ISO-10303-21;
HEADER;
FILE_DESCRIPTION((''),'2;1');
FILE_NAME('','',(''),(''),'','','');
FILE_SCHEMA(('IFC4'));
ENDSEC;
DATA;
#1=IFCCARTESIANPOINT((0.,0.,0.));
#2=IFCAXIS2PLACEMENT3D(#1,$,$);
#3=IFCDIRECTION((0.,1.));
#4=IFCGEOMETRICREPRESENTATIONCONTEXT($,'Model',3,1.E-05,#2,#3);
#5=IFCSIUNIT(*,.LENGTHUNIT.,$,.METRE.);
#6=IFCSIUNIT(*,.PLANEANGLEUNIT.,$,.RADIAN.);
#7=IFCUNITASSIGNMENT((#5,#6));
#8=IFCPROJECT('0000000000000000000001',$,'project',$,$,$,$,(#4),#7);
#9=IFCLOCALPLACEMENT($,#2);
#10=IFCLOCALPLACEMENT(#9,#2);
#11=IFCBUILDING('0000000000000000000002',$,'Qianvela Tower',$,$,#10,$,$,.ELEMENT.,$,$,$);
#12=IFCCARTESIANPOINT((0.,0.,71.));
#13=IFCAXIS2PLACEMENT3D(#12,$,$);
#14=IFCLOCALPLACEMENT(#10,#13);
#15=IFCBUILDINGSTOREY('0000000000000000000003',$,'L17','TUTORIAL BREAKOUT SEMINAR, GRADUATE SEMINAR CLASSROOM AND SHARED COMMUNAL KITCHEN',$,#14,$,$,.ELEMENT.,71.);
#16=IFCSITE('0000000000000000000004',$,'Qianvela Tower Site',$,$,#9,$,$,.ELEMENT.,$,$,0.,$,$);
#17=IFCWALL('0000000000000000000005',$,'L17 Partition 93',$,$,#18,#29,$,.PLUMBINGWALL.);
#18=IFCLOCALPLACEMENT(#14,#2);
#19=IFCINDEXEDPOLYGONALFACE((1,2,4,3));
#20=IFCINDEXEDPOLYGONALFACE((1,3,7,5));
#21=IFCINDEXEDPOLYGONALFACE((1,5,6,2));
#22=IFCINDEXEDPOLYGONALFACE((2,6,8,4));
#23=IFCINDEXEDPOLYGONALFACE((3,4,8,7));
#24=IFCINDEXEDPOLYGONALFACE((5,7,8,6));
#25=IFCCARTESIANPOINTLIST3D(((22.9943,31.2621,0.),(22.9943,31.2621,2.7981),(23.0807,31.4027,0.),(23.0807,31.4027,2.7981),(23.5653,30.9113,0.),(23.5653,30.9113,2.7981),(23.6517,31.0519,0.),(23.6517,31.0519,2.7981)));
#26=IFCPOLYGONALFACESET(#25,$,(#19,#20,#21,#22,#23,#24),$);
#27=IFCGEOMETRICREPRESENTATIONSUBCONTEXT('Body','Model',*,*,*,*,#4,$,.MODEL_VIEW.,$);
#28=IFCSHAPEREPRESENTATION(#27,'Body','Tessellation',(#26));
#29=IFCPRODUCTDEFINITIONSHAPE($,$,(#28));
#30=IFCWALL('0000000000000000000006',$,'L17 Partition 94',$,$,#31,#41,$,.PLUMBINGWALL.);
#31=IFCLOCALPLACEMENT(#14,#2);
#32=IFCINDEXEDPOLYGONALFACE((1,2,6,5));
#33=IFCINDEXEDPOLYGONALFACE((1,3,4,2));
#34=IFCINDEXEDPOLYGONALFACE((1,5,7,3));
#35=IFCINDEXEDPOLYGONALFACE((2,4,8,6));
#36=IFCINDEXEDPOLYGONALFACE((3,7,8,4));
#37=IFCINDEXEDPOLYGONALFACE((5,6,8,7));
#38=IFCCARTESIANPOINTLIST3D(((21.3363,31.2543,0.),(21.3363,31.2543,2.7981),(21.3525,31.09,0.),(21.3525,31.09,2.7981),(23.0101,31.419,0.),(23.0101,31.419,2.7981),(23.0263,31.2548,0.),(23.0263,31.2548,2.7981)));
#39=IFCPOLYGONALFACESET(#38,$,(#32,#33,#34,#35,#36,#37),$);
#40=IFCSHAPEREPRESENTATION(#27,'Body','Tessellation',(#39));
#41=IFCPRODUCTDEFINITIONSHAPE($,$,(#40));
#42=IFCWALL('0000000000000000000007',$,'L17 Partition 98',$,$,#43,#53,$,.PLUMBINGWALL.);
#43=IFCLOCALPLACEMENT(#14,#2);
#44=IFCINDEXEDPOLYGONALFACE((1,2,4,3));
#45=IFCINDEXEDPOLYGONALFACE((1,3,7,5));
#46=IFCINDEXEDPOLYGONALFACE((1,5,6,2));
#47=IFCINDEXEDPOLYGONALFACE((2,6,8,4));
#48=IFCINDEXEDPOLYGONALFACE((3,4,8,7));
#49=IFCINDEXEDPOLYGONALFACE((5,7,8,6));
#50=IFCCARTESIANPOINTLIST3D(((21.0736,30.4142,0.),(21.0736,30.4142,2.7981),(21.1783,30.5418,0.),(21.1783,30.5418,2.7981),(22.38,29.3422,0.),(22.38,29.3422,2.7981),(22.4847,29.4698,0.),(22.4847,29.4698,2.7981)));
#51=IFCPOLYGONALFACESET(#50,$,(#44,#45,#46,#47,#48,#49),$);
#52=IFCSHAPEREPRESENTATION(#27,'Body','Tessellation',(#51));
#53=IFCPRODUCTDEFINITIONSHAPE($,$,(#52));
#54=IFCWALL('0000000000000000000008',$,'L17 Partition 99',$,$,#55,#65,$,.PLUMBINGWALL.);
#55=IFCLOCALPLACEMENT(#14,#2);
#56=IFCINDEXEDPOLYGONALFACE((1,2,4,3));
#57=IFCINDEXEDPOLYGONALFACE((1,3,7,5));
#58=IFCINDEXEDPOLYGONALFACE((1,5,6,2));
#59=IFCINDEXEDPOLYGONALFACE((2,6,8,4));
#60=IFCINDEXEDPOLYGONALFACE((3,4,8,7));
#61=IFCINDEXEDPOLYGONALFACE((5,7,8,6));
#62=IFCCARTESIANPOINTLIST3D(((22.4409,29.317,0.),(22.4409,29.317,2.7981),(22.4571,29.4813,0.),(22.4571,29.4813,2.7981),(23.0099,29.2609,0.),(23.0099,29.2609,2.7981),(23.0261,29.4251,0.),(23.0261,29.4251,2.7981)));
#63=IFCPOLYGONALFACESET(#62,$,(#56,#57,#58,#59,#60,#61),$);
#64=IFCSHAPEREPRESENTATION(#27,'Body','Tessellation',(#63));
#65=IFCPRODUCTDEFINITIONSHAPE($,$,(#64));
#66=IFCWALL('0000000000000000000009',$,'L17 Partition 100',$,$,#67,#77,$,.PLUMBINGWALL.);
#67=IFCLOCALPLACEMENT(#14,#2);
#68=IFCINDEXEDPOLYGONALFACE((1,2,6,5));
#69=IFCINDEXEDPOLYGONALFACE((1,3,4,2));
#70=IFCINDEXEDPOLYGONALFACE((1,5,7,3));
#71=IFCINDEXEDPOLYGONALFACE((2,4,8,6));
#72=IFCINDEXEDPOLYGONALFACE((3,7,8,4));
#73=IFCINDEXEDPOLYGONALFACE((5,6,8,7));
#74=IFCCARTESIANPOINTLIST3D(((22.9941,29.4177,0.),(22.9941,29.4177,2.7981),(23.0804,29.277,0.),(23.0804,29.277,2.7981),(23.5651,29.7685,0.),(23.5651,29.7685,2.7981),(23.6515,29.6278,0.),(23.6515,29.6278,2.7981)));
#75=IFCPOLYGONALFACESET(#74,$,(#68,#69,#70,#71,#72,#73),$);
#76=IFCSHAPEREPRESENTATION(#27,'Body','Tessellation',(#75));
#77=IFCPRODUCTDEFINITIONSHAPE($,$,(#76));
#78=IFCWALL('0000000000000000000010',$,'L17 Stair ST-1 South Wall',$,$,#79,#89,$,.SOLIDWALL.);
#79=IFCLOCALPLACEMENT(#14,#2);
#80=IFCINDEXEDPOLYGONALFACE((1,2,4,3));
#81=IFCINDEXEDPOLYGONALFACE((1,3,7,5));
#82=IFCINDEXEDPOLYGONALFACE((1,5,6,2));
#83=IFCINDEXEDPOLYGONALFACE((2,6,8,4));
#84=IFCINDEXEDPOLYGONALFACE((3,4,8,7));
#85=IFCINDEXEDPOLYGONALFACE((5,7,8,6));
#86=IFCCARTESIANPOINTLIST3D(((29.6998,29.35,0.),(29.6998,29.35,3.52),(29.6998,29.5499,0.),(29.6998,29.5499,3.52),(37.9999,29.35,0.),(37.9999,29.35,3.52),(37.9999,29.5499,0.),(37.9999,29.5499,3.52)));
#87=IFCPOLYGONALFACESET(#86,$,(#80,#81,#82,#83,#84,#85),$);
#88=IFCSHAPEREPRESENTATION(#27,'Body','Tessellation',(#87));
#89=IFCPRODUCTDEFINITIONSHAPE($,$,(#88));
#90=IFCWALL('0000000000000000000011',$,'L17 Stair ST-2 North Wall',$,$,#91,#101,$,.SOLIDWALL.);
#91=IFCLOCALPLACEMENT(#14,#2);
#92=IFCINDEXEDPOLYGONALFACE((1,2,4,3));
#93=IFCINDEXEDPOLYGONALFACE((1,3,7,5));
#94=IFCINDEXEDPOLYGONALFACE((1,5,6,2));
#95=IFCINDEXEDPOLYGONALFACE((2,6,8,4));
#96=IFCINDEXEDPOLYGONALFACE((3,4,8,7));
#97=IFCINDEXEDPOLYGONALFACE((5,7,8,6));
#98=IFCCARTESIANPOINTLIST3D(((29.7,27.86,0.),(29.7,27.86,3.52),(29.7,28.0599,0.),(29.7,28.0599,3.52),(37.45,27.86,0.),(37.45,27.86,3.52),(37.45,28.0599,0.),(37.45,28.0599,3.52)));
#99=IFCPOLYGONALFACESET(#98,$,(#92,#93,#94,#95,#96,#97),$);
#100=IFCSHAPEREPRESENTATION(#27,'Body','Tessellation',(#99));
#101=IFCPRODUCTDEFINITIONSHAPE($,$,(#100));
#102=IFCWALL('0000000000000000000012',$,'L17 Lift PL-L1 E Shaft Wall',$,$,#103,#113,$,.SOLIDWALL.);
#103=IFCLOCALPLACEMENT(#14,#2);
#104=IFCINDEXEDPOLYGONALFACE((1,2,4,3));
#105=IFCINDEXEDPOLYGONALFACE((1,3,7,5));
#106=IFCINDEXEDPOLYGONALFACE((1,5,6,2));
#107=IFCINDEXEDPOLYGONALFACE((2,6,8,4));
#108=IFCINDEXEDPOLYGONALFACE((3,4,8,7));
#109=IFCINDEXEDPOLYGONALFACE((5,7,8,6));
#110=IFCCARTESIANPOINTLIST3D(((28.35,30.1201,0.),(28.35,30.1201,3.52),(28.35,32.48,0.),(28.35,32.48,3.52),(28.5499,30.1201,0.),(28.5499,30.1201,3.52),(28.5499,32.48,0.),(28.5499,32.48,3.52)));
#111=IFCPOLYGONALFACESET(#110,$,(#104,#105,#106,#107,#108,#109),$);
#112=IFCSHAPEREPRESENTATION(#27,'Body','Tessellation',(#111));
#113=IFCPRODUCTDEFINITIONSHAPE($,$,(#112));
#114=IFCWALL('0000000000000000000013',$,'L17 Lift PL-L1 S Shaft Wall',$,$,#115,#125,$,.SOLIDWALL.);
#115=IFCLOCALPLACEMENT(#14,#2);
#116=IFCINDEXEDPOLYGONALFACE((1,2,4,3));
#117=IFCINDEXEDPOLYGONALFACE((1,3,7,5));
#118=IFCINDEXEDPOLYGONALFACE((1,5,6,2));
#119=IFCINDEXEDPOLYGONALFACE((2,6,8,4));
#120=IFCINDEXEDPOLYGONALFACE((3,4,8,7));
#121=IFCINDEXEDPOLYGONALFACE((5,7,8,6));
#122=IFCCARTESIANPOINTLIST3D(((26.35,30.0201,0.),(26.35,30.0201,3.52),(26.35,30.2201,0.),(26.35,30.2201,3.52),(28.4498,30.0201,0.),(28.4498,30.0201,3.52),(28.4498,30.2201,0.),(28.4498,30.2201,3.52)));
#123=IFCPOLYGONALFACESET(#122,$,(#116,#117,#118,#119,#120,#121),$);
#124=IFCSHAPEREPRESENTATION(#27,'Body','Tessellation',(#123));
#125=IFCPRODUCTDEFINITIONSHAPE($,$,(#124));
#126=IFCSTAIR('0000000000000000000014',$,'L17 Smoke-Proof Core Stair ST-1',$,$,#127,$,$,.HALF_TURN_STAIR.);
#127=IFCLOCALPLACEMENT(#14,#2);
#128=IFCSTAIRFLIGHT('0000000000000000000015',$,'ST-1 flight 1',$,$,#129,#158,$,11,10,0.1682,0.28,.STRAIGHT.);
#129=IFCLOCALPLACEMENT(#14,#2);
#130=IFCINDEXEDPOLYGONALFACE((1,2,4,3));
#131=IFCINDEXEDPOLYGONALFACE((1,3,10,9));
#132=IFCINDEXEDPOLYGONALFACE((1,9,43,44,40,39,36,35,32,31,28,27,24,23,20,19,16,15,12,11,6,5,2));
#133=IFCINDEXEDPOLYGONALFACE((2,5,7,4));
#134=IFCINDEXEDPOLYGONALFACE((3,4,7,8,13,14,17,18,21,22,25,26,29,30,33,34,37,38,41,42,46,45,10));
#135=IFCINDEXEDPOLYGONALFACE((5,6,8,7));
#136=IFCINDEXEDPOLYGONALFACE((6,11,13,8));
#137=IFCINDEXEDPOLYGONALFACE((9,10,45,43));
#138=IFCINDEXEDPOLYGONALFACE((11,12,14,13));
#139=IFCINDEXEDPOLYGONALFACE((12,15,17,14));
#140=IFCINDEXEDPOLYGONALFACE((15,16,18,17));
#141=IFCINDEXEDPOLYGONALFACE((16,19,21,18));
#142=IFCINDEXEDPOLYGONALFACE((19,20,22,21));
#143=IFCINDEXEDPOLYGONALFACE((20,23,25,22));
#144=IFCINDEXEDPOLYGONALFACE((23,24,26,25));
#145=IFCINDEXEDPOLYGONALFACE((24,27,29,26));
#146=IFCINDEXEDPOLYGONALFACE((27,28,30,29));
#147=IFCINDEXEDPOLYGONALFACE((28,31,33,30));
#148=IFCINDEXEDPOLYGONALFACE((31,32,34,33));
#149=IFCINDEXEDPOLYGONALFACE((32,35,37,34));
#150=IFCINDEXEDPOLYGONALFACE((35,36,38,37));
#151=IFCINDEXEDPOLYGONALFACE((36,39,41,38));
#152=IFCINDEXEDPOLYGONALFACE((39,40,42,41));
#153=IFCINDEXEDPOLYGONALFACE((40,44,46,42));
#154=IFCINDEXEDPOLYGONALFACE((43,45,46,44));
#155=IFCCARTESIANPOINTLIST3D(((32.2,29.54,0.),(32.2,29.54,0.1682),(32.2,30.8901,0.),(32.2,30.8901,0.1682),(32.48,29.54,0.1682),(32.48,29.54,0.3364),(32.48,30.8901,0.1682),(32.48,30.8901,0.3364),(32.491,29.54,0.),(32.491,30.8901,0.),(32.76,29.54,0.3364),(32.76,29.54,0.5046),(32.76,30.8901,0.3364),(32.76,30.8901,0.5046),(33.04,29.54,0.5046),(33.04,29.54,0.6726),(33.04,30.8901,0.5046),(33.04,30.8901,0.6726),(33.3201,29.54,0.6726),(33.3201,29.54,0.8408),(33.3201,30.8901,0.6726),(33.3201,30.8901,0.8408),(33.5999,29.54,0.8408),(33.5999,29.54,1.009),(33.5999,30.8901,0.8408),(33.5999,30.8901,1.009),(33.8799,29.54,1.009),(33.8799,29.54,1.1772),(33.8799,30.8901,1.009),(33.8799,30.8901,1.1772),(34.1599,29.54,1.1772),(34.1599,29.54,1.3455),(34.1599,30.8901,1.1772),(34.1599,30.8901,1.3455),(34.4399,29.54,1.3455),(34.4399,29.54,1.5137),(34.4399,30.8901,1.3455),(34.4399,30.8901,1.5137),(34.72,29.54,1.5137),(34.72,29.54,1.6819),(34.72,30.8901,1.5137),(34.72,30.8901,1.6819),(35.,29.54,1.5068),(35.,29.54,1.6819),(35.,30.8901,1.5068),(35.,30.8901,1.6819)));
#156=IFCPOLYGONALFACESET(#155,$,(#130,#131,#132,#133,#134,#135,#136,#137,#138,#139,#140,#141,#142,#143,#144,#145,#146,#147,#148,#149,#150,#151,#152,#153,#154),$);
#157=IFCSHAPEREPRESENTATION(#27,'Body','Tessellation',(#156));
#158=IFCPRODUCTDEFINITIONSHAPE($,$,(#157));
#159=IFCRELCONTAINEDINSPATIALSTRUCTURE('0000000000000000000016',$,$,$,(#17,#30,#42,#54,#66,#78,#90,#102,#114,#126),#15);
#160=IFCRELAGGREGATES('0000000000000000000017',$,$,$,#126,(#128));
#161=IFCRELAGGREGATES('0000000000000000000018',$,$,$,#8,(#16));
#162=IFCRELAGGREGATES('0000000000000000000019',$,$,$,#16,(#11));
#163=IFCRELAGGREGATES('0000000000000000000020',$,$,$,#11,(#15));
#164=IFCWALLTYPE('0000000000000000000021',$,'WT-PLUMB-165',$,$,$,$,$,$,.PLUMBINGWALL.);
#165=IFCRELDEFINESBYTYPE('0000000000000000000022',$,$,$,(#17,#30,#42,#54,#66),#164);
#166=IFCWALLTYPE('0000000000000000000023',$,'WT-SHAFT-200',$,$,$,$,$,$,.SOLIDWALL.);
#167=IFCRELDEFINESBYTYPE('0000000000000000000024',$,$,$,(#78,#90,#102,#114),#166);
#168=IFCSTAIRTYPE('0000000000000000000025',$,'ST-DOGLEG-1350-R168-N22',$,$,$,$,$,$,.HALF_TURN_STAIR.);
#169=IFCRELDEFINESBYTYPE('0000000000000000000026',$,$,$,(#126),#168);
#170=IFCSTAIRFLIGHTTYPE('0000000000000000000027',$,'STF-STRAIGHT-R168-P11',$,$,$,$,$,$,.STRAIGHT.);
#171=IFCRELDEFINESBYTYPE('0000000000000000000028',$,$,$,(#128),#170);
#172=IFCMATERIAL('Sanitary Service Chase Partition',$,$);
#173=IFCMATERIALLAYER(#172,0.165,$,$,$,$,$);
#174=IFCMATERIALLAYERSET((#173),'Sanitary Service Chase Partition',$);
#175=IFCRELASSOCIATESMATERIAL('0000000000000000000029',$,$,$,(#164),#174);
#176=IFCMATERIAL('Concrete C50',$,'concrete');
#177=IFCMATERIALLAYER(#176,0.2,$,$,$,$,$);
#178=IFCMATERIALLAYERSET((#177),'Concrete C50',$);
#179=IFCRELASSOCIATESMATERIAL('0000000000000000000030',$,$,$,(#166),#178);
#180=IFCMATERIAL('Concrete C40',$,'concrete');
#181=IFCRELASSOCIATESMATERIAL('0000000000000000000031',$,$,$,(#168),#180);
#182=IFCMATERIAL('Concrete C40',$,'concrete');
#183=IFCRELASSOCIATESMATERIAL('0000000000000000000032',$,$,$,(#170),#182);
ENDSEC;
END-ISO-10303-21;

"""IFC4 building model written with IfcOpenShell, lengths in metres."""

from ifc_helpers import new_model, si_unit, direction, frame, frame_2d, origin, place, context, subcontext, project, spatial, polyline, rectangle, outline, extrude, material, layer, layer_set, type_object, element, aggregate, save


model = new_model("IFC4")

# Units and contexts
model_context = context("Model", 3, precision=1e-05, world=origin(), true_north=direction((0.0, 1.0)))
body_context = subcontext(model_context, "Body", "Model", "MODEL_VIEW")
ifc_project = project(units=[si_unit("LENGTHUNIT", "METRE"), si_unit("PLANEANGLEUNIT", "RADIAN")], contexts=[model_context])

# Site, building, storey
site_placement = place(None, origin())
site = spatial("IfcSite", under=ifc_project, at=site_placement, Name="Qianvela Tower Site", CompositionType="ELEMENT", RefElevation=0.0)
building_placement = place(site_placement, origin())
building = spatial("IfcBuilding", under=site, at=building_placement, Name="Qianvela Tower", CompositionType="ELEMENT")
storey_placement = place(building_placement, frame((0.0, 0.0, 71.0)))
storey = spatial("IfcBuildingStorey", under=building, at=storey_placement, Name="L17", Description="TUTORIAL BREAKOUT SEMINAR, GRADUATE SEMINAR CLASSROOM AND SHARED COMMUNAL KITCHEN", CompositionType="ELEMENT", Elevation=71.0)

# Walls
ifc_material_1 = material(Name="Sanitary Service Chase Partition")
ifc_layer_1 = layer(ifc_material_1, 0.165)
ifc_layer_set_1 = layer_set([ifc_layer_1], Name="Sanitary Service Chase Partition")
wall_type_1 = type_object("IfcWallType", Name="WT-PLUMB-165", PredefinedType="PLUMBINGWALL", material=ifc_layer_set_1)
wall_1_placement = place(storey_placement, frame((23.6084, 30.9817, 0.0), z_axis=(0.0, 0.0, 1.0), x_axis=(-0.852046, 0.523467, 0.0)))
element("IfcWall", 1, at=wall_1_placement, inside=storey, type_object=wall_type_1, Name="L17 Partition 93", PredefinedType="PLUMBINGWALL", context=body_context, shape_type="SweptSolid", body=[
    extrude(rectangle(XDim=0.6702, YDim=0.165, at=frame_2d((0.335, 0.0))), origin(), (0.0, 0.0, 1.0), 2.7981),
])
wall_2_placement = place(storey_placement, frame((23.0181, 31.3369, 0.0), z_axis=(0.0, 0.0, 1.0), x_axis=(-0.995188, -0.09798, 0.0)))
element("IfcWall", 2, at=wall_2_placement, inside=storey, type_object=wall_type_1, Name="L17 Partition 94", PredefinedType="PLUMBINGWALL", context=body_context, shape_type="SweptSolid", body=[
    extrude(rectangle(XDim=1.6819, YDim=0.165, at=frame_2d((0.8408, 0.0))), origin(), (0.0, 0.0, 1.0), 2.7981),
])
wall_3_placement = place(storey_placement, frame((21.126, 30.478, 0.0), z_axis=(0.0, 0.0, 1.0), x_axis=(0.773042, -0.634354, 0.0)))
element("IfcWall", 3, at=wall_3_placement, inside=storey, type_object=wall_type_1, Name="L17 Partition 98", PredefinedType="PLUMBINGWALL", context=body_context, shape_type="SweptSolid", body=[
    extrude(rectangle(XDim=1.6899, YDim=0.165, at=frame_2d((0.845, 0.0))), origin(), (0.0, 0.0, 1.0), 2.7981),
])
wall_4_placement = place(storey_placement, frame((22.449, 29.3992, 0.0), z_axis=(0.0, 0.0, 1.0), x_axis=(0.995167, -0.098193, 0.0)))
element("IfcWall", 4, at=wall_4_placement, inside=storey, type_object=wall_type_1, Name="L17 Partition 99", PredefinedType="PLUMBINGWALL", context=body_context, shape_type="SweptSolid", body=[
    extrude(rectangle(XDim=0.5718, YDim=0.165, at=frame_2d((0.2859, 0.0))), origin(), (0.0, 0.0, 1.0), 2.7981),
])
wall_5_placement = place(storey_placement, frame((23.0374, 29.3474, 0.0), z_axis=(0.0, 0.0, 1.0), x_axis=(0.852046, 0.523467, 0.0)))
element("IfcWall", 5, at=wall_5_placement, inside=storey, type_object=wall_type_1, Name="L17 Partition 100", PredefinedType="PLUMBINGWALL", context=body_context, shape_type="SweptSolid", body=[
    extrude(rectangle(XDim=0.6702, YDim=0.165, at=frame_2d((0.335, 0.0))), origin(), (0.0, 0.0, 1.0), 2.7981),
])
ifc_material_2 = material(Name="Concrete C50", Category="concrete")
ifc_layer_2 = layer(ifc_material_2, 0.2)
ifc_layer_set_2 = layer_set([ifc_layer_2], Name="Concrete C50")
wall_type_2 = type_object("IfcWallType", Name="WT-SHAFT-200", PredefinedType="SOLIDWALL", material=ifc_layer_set_2)
wall_6_placement = place(storey_placement, frame((29.7, 29.45, 0.0), z_axis=(0.0, 0.0, 1.0), x_axis=(1.0, 0.0, 0.0)))
element("IfcWall", 6, at=wall_6_placement, inside=storey, type_object=wall_type_2, Name="L17 Stair ST-1 South Wall", PredefinedType="SOLIDWALL", context=body_context, shape_type="SweptSolid", body=[
    extrude(rectangle(XDim=8.3, YDim=0.2, at=frame_2d((4.1499, 0.0))), origin(), (0.0, 0.0, 1.0), 3.52),
])
wall_7_placement = place(storey_placement, frame((29.7, 27.96, 0.0), z_axis=(0.0, 0.0, 1.0), x_axis=(1.0, 0.0, 0.0)))
element("IfcWall", 7, at=wall_7_placement, inside=storey, type_object=wall_type_2, Name="L17 Stair ST-2 North Wall", PredefinedType="SOLIDWALL", context=body_context, shape_type="SweptSolid", body=[
    extrude(rectangle(XDim=7.75, YDim=0.2, at=frame_2d((3.875, 0.0))), origin(), (0.0, 0.0, 1.0), 3.52),
])
wall_8_placement = place(storey_placement, frame((28.45, 30.1201, 0.0), z_axis=(0.0, 0.0, 1.0), x_axis=(0.0, 1.0, 0.0)))
element("IfcWall", 8, at=wall_8_placement, inside=storey, type_object=wall_type_2, Name="L17 Lift PL-L1 E Shaft Wall", PredefinedType="SOLIDWALL", context=body_context, shape_type="SweptSolid", body=[
    extrude(rectangle(XDim=2.3599, YDim=0.2, at=frame_2d((1.1799, 0.0))), origin(), (0.0, 0.0, 1.0), 3.52),
])

# Wall
wall_9_placement = place(storey_placement, frame((26.3501, 30.1201, 0.0), z_axis=(0.0, 0.0, 1.0), x_axis=(1.0, 0.0, 0.0)))
element("IfcWall", 9, at=wall_9_placement, inside=storey, type_object=wall_type_2, Name="L17 Lift PL-L1 S Shaft Wall", PredefinedType="SOLIDWALL", context=body_context, shape_type="SweptSolid", body=[
    extrude(rectangle(XDim=2.0999, YDim=0.2, at=frame_2d((1.0498, 0.0))), origin(), (0.0, 0.0, 1.0), 3.52),
])

# Stair, stair flight
ifc_material_3 = material(Name="Concrete C40", Category="concrete")
stair_type = type_object("IfcStairType", Name="ST-DOGLEG-1350-R168-N22", PredefinedType="HALF_TURN_STAIR", material=ifc_material_3)
stair_placement = place(storey_placement, origin())
stair = element("IfcStair", 10, at=stair_placement, inside=storey, type_object=stair_type, Name="L17 Smoke-Proof Core Stair ST-1", PredefinedType="HALF_TURN_STAIR")
ifc_material_4 = material(Name="Concrete C40", Category="concrete")
stair_flight_type = type_object("IfcStairFlightType", Name="STF-STRAIGHT-R168-P11", PredefinedType="STRAIGHT", material=ifc_material_4)
stair_flight_placement = place(storey_placement, frame((32.2, 30.2151, 0.0), z_axis=(0.0, 0.0, 1.0), x_axis=(1.0, 0.0, 0.0)))
stair_flight = element("IfcStairFlight", 11, at=stair_flight_placement, type_object=stair_flight_type, Name="ST-1 flight 1", NumberOfRisers=11, NumberOfTreads=10, PredefinedType="STRAIGHT", RiserHeight=0.1682, TreadLength=0.28, context=body_context, shape_type="SweptSolid", body=[
    extrude(outline(polyline([(0.0, 0.0), (0.0, 0.1682), (0.28, 0.1682), (0.28, 0.3364), (0.5601, 0.3364), (0.5601, 0.5046), (0.8401, 0.5046), (0.8401, 0.6726), (1.1201, 0.6726), (1.1201, 0.8408), (1.3999, 0.8408), (1.3999, 1.009), (1.6799, 1.009), (1.6799, 1.1772), (1.96, 1.1772), (1.96, 1.3455), (2.24, 1.3455), (2.24, 1.5137), (2.52, 1.5137), (2.52, 1.6819), (2.8, 1.6819), (2.8, 1.8501), (2.8, 1.5068), (0.291, 0.0), (0.0, 0.0)])), frame((0.0, 0.675, 0.0), z_axis=(0.0, -1.0, 0.0), x_axis=(1.0, 0.0, 0.0)), (0.0, 0.0, 1.0), 1.3501),
])
aggregate(stair, [stair_flight])

save(model, "model.ifc")
